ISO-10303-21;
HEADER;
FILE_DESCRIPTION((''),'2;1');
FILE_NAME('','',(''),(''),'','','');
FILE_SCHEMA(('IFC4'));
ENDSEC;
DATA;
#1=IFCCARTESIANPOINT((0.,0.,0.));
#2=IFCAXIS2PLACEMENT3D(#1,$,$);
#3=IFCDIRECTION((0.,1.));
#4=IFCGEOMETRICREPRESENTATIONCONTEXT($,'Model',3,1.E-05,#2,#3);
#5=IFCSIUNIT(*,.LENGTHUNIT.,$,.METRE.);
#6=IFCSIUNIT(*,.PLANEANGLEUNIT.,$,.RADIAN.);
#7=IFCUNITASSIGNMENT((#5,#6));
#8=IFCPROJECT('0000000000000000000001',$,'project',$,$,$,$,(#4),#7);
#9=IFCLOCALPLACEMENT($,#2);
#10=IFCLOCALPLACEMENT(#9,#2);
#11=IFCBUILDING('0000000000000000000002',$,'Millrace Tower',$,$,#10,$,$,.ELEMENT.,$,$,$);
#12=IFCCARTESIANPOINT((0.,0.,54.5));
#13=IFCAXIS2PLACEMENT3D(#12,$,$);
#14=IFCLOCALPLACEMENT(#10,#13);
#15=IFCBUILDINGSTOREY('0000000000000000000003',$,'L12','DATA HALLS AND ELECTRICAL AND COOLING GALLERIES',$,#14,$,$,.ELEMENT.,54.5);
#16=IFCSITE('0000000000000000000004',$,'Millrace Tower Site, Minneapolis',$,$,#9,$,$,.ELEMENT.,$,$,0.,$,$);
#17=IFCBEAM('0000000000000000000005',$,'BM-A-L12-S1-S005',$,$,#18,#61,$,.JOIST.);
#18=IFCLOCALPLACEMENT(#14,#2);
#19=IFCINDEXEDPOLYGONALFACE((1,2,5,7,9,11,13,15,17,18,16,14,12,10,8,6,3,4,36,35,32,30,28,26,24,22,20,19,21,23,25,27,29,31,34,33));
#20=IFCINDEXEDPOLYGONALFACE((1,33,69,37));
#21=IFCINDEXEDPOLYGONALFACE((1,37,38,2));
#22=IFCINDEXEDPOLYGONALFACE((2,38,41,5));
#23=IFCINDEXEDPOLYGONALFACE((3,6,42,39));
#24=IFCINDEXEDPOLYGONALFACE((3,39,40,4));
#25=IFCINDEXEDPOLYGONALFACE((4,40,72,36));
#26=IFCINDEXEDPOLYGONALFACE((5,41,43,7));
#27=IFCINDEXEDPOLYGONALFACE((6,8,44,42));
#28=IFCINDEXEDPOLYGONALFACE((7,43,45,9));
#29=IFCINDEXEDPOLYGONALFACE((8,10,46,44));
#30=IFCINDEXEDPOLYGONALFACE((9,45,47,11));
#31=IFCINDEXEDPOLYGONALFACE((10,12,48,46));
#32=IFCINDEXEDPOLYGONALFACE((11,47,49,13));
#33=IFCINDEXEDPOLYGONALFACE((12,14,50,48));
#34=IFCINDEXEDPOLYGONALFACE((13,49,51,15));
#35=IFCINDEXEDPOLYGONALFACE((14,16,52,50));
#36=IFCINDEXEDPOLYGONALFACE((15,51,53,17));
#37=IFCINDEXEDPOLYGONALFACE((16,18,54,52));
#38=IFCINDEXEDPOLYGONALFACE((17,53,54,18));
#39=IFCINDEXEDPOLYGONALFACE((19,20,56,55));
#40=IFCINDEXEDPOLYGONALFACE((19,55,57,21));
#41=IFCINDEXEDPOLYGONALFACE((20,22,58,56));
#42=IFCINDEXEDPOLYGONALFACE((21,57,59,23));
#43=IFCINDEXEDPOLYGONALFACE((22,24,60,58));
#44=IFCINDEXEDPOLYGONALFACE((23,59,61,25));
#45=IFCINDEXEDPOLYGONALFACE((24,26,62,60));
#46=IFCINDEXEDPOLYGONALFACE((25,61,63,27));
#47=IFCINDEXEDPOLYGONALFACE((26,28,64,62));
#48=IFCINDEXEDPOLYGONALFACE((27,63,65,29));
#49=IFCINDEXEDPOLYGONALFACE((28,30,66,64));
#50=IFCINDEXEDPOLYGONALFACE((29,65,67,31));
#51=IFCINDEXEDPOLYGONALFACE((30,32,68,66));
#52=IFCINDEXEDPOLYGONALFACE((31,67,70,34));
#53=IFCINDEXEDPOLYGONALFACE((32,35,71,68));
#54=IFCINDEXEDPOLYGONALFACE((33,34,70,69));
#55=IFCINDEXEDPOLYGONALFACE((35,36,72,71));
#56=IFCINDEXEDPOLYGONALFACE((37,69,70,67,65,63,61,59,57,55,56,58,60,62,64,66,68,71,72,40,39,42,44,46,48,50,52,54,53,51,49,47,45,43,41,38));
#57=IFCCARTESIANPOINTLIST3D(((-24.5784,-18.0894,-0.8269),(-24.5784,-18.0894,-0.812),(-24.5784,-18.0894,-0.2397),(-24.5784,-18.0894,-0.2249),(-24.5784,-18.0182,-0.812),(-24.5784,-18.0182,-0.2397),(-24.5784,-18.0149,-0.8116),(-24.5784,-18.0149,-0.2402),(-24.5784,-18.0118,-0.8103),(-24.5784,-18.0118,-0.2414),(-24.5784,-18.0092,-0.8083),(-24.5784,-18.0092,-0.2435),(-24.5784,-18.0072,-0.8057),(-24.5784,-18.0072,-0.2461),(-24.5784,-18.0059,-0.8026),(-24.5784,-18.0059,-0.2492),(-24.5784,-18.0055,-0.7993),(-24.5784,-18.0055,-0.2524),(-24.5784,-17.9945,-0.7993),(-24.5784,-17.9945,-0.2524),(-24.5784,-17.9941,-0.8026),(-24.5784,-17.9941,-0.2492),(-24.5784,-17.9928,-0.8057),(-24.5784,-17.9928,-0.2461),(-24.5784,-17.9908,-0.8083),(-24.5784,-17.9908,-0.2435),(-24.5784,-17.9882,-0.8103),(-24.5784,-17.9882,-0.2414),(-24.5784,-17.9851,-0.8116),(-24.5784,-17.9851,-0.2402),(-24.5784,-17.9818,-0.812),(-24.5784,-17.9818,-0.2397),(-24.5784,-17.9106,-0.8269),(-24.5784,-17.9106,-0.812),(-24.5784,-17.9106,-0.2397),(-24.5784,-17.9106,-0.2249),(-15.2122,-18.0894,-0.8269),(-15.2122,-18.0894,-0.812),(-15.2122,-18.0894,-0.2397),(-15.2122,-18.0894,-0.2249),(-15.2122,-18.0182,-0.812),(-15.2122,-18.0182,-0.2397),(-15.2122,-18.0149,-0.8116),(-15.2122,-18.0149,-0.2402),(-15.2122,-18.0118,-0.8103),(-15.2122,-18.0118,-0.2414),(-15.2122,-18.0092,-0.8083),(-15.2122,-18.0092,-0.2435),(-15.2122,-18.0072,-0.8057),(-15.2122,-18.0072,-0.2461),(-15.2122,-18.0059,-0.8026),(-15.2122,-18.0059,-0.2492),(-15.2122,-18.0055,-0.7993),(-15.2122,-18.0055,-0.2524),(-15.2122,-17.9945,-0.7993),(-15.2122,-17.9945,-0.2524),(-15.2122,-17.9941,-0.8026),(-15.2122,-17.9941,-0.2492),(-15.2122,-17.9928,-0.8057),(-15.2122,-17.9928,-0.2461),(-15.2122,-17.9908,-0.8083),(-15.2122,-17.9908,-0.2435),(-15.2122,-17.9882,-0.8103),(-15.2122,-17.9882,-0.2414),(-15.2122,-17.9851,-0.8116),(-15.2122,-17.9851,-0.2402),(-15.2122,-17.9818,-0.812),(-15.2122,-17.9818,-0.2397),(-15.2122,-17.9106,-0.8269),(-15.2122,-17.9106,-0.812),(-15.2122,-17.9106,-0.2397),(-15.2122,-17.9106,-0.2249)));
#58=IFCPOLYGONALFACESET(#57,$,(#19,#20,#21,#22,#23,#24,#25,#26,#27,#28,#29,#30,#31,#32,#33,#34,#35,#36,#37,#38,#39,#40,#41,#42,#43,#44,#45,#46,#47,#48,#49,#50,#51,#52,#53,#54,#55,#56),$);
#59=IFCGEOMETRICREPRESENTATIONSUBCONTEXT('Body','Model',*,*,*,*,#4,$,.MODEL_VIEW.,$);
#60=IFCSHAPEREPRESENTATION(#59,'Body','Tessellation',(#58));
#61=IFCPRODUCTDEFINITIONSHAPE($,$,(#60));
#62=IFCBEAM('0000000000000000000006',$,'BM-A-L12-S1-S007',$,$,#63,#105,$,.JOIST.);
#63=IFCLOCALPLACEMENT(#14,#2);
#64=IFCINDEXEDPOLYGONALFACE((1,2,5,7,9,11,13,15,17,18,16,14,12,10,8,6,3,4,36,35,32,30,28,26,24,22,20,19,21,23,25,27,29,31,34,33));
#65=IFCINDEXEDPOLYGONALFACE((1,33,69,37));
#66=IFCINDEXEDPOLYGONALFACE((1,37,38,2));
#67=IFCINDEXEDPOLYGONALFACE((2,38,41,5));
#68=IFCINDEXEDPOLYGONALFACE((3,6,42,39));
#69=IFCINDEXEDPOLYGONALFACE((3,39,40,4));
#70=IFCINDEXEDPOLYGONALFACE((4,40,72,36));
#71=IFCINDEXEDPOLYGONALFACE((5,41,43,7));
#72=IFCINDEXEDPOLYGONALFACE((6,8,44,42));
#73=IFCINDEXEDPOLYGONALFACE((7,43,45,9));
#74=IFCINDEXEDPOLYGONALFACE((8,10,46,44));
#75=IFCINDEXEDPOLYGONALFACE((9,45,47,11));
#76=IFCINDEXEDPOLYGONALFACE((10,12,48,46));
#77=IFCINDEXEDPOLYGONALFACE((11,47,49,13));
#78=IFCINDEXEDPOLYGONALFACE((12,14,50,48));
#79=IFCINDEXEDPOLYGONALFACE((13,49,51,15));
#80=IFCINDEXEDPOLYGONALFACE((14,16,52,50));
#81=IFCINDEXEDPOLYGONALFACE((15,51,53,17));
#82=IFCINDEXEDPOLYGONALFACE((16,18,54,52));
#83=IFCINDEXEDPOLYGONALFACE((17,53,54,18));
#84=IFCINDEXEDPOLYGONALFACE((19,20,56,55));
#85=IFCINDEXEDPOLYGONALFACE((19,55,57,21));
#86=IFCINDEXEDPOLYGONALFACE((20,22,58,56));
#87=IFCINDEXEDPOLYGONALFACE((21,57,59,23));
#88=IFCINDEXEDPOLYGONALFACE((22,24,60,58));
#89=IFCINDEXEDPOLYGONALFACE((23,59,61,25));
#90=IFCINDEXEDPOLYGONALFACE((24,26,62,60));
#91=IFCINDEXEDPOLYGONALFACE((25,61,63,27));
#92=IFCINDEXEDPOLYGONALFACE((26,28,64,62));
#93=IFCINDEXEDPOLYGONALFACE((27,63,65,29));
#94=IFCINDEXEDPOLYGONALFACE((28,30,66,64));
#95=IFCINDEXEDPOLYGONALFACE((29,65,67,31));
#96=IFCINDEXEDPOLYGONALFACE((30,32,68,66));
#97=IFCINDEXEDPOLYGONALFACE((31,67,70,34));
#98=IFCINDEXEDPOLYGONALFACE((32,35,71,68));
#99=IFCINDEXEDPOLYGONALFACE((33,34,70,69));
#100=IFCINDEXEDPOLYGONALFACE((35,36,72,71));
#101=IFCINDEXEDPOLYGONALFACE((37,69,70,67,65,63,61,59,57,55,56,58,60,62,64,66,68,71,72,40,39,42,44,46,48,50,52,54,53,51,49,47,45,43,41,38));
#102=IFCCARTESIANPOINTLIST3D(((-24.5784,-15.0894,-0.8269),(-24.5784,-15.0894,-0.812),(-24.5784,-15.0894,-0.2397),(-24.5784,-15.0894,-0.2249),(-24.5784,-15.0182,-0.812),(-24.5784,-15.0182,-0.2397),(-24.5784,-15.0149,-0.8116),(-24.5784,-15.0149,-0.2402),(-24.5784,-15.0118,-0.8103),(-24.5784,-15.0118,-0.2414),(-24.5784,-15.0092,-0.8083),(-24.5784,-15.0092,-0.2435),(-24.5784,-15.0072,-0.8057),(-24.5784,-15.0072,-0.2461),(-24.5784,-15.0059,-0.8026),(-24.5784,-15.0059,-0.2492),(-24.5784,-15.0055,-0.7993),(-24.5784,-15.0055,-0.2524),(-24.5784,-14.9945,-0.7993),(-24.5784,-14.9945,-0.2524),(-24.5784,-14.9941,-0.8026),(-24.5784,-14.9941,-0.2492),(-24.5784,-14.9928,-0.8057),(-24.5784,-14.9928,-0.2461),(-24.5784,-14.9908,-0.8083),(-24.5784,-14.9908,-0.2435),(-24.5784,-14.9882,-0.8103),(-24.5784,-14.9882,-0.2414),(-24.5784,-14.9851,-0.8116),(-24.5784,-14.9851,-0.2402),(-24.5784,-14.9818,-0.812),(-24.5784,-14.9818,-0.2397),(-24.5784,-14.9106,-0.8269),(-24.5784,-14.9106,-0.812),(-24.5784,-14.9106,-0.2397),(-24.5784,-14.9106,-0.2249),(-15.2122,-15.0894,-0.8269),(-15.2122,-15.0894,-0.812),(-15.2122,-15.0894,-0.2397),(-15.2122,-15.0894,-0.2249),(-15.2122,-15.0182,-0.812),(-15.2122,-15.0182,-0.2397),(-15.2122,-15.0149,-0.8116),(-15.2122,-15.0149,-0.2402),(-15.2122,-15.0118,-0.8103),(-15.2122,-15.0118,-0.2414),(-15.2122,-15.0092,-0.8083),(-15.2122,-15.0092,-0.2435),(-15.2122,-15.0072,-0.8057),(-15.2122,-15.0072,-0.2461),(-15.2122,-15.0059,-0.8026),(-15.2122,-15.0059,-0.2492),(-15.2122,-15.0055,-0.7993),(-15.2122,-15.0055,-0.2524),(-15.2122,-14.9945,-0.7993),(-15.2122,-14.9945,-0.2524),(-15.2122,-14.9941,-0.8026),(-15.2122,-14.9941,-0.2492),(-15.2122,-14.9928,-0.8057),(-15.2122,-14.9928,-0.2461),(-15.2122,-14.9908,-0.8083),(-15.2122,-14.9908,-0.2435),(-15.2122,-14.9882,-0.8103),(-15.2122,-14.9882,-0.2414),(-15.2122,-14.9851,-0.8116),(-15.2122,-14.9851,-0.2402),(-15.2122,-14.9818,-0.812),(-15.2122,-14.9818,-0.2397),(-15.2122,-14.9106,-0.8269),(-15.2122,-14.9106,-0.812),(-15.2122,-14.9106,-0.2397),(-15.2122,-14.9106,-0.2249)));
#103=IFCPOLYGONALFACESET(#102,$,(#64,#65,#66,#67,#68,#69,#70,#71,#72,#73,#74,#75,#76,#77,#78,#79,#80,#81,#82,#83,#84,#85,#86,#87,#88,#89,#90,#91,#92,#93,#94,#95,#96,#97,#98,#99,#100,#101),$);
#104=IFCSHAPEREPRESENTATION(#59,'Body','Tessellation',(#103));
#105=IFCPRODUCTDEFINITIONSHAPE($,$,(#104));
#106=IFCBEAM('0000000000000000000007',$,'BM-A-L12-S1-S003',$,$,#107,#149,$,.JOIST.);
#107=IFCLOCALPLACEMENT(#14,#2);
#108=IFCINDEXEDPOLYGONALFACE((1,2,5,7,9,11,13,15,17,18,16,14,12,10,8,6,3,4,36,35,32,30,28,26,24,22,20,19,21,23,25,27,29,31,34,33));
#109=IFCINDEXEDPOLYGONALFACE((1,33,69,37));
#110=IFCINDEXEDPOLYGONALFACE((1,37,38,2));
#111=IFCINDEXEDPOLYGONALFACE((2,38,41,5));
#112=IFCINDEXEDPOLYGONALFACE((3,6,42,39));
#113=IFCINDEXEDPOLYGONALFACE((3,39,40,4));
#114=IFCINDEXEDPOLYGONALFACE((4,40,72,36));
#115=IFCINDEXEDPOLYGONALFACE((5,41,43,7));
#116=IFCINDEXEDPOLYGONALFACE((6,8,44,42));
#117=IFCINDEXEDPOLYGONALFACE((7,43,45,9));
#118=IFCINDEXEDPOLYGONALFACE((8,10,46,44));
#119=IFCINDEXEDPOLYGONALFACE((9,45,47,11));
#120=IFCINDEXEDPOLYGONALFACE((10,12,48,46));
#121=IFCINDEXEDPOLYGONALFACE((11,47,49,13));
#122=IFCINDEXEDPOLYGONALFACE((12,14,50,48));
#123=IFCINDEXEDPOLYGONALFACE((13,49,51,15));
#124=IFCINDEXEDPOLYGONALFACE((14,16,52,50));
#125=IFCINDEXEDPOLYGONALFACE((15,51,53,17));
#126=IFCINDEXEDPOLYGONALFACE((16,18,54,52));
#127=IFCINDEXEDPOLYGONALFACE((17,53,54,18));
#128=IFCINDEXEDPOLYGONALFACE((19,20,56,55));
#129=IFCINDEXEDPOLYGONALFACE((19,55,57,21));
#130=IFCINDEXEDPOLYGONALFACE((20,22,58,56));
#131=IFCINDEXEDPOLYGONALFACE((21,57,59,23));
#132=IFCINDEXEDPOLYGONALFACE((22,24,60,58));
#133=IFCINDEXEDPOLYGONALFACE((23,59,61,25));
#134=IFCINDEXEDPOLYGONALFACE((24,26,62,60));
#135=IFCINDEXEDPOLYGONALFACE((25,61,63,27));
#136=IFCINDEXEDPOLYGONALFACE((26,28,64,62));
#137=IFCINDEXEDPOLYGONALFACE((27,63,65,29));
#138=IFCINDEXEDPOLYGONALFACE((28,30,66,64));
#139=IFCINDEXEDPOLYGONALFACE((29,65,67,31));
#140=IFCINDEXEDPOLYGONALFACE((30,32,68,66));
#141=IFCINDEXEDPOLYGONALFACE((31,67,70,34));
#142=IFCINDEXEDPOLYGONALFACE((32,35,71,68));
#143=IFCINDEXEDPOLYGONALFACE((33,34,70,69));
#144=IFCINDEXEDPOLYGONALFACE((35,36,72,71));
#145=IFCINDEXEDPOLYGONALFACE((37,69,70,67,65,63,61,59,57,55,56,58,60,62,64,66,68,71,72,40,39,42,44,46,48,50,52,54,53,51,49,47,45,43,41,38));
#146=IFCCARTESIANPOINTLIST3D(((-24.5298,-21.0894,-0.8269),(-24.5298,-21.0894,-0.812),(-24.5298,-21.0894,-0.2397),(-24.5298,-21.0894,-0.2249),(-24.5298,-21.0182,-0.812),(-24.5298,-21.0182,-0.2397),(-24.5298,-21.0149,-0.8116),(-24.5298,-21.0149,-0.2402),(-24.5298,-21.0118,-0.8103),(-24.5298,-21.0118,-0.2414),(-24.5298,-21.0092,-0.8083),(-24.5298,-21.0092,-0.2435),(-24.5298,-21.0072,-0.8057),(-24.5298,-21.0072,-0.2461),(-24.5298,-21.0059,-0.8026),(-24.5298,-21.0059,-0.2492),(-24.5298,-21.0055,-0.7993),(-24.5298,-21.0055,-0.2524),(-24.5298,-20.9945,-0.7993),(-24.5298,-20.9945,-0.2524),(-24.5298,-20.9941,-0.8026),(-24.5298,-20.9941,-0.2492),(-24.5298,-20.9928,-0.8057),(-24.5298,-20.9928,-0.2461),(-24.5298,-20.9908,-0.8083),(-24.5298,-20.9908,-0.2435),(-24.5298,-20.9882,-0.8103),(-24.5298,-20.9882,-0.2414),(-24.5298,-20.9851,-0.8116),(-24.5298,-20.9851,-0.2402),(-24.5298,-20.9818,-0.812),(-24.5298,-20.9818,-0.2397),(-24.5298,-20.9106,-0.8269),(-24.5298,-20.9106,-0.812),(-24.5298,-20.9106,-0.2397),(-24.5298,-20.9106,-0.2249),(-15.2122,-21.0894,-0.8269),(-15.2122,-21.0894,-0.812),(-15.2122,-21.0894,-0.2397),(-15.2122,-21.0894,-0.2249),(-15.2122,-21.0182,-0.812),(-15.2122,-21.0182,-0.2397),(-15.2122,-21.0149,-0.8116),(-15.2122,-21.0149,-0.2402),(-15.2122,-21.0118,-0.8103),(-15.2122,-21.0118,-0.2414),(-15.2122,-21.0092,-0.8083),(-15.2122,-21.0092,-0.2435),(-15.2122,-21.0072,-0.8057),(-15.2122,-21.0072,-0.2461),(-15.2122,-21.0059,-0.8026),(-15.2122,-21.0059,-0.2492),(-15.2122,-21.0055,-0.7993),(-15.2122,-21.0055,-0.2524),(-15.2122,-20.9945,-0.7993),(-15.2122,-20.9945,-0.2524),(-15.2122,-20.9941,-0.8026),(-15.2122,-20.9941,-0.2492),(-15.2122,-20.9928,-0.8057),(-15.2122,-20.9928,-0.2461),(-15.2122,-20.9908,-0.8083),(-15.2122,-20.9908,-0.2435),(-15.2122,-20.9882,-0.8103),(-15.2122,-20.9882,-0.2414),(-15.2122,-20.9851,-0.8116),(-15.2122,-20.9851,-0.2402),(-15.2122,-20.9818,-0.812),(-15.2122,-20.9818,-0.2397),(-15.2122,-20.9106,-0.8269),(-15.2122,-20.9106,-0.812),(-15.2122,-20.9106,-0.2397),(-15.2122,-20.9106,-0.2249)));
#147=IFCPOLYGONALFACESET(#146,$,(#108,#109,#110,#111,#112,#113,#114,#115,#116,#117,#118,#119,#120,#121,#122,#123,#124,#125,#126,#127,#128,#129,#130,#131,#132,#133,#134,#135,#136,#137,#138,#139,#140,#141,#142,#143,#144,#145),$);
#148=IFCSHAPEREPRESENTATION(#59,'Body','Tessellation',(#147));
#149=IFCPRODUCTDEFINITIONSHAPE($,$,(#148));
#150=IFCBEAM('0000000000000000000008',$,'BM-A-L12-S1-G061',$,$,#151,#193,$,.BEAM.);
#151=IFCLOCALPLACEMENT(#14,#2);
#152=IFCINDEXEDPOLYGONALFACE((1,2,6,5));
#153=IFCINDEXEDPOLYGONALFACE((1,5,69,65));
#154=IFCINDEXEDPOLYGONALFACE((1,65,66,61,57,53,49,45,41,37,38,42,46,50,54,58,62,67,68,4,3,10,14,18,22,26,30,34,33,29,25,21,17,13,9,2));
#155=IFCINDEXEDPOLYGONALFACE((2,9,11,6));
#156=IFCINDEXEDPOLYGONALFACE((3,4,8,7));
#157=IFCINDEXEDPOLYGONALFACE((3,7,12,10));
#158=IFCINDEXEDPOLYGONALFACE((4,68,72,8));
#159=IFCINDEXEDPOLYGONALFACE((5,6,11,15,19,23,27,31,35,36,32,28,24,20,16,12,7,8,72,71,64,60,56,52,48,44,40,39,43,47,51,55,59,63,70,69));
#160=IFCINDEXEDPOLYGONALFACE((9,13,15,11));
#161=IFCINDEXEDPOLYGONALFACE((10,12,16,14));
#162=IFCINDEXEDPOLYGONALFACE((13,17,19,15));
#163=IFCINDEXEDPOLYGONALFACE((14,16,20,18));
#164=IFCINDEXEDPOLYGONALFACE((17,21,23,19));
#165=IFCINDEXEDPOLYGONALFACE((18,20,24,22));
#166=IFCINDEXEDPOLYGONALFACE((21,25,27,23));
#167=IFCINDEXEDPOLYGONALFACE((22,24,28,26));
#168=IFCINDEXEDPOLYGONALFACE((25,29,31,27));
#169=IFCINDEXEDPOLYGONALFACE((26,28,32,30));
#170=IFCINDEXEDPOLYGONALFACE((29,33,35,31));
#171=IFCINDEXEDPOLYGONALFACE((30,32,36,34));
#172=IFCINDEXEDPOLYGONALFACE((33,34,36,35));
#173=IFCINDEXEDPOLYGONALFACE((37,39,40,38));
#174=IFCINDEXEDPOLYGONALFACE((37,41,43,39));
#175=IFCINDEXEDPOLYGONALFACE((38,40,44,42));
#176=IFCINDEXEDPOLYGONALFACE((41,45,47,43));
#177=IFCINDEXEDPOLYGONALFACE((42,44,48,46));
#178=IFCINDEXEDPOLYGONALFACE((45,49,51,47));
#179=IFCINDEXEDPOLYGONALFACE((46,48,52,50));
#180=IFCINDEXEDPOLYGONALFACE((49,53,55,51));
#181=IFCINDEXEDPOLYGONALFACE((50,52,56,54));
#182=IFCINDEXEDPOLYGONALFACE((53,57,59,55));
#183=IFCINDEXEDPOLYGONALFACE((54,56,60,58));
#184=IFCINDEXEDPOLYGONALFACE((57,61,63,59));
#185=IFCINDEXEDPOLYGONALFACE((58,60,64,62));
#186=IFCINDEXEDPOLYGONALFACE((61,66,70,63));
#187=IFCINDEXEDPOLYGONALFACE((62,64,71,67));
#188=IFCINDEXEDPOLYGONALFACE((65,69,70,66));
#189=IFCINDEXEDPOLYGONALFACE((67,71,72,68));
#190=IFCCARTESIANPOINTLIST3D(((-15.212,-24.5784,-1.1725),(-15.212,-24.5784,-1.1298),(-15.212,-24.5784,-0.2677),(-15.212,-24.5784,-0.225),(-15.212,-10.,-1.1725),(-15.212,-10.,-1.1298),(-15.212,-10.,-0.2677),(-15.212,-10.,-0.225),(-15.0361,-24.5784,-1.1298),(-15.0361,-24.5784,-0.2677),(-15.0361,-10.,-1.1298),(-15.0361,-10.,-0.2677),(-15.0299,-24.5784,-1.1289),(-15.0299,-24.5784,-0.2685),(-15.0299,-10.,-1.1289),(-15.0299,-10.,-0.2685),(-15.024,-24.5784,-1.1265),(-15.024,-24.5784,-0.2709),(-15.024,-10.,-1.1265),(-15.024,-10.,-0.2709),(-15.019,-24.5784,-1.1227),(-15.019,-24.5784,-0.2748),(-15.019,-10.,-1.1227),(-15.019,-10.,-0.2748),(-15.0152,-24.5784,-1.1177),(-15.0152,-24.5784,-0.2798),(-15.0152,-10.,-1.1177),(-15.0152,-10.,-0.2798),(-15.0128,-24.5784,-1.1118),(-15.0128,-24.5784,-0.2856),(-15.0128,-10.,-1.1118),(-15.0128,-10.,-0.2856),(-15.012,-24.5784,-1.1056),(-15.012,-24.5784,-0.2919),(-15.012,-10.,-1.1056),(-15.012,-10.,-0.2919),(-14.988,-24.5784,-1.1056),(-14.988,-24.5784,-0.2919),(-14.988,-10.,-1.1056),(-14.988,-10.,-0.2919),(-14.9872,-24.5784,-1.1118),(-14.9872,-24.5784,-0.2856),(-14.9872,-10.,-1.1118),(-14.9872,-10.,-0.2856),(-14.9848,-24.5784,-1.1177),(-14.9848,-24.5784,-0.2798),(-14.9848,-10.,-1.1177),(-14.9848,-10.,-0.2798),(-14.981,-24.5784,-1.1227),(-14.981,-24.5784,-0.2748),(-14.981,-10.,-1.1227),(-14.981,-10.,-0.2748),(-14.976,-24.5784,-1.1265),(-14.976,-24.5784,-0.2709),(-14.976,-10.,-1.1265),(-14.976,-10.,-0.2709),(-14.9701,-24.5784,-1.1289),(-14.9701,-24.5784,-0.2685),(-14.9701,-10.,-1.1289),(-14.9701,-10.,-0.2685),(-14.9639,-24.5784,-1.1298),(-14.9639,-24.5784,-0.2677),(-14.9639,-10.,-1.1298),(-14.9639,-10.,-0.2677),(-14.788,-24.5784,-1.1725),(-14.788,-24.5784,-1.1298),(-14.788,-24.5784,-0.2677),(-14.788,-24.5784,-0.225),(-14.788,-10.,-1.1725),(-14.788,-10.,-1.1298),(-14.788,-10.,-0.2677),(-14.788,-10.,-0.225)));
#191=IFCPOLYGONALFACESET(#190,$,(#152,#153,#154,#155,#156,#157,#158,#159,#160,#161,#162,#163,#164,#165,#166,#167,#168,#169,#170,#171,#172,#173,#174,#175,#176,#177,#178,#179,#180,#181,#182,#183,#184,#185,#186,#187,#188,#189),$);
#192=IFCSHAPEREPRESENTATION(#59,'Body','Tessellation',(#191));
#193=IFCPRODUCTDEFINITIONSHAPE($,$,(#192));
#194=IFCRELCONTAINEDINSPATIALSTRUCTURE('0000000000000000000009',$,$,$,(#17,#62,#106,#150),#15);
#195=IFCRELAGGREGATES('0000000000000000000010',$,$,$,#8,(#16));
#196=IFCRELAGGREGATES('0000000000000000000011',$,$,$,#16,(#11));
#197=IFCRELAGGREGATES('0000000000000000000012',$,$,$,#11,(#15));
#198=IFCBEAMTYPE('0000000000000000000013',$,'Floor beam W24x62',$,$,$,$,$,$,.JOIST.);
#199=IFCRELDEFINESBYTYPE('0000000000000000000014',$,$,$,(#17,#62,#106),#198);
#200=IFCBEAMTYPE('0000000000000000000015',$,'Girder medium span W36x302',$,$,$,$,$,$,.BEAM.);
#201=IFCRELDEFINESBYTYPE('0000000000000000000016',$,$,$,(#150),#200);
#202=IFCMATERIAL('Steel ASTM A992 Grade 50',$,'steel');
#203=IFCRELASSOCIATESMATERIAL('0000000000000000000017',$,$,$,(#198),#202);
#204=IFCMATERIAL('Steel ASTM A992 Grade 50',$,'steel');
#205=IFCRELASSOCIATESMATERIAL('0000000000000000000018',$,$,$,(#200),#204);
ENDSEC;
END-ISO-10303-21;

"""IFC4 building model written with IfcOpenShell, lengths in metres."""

from ifc_helpers import new_model, si_unit, direction, frame, origin, origin_2d, place, context, subcontext, project, spatial, i_section, extrude, material, material_profile, profile_set, type_object, element, save


model = new_model("IFC4")

# Units and contexts
model_context = context("Model", 3, precision=1e-05, world=origin(), true_north=direction((0.0, 1.0)))
body_context = subcontext(model_context, "Body", "Model", "MODEL_VIEW")
ifc_project = project(units=[si_unit("LENGTHUNIT", "METRE"), si_unit("PLANEANGLEUNIT", "RADIAN")], contexts=[model_context])

# Site, building, storey
site_placement = place(None, origin())
site = spatial("IfcSite", under=ifc_project, at=site_placement, Name="Millrace Tower Site, Minneapolis", CompositionType="ELEMENT", RefElevation=0.0)
building_placement = place(site_placement, origin())
building = spatial("IfcBuilding", under=site, at=building_placement, Name="Millrace Tower", CompositionType="ELEMENT")
storey_placement = place(building_placement, frame((0.0, 0.0, 54.5)))
storey = spatial("IfcBuildingStorey", under=building, at=storey_placement, Name="L12", Description="DATA HALLS AND ELECTRICAL AND COOLING GALLERIES", CompositionType="ELEMENT", Elevation=54.5)

# Beams
ifc_material_1 = material(Name="Steel ASTM A992 Grade 50", Category="steel")
ifc_material_profile_1 = material_profile(ifc_material_1, i_section(OverallWidth=0.1787, OverallDepth=0.6021, WebThickness=0.011, FlangeThickness=0.0149, FilletRadius=0.0127, at=origin_2d()))
ifc_profile_set_1 = profile_set([ifc_material_profile_1], Name="Steel ASTM A992 Grade 50")
beam_type_1 = type_object("IfcBeamType", Name="Floor beam W24x62", PredefinedType="JOIST", material=ifc_profile_set_1)
for number, where, z_axis, x_axis, name in (
    (1, (-24.5784, -18.0, -0.5259), (1.0, 0.0, 0.0), (0.0, 1.0, 0.0), "BM-A-L12-S1-S005"),
    (2, (-24.5784, -15.0, -0.5259), (1.0, 0.0, 0.0), (0.0, 1.0, 0.0), "BM-A-L12-S1-S007"),
):
    element("IfcBeam", number, at=place(storey_placement, frame(where, z_axis=z_axis, x_axis=x_axis)), inside=storey, type_object=beam_type_1, Name=name, PredefinedType="JOIST", context=body_context, shape_type="SweptSolid", body=[
        extrude(i_section(OverallWidth=0.1787, OverallDepth=0.6021, WebThickness=0.011, FlangeThickness=0.0149, FilletRadius=0.0127, at=origin_2d()), origin(), (0.0, 0.0, 1.0), 9.3662),
    ])
beam_1_placement = place(storey_placement, frame((-24.5298, -21.0, -0.5259), z_axis=(1.0, 0.0, 0.0), x_axis=(0.0, 1.0, 0.0)))
element("IfcBeam", 3, at=beam_1_placement, inside=storey, type_object=beam_type_1, Name="BM-A-L12-S1-S003", PredefinedType="JOIST", context=body_context, shape_type="SweptSolid", body=[
    extrude(i_section(OverallWidth=0.1787, OverallDepth=0.6021, WebThickness=0.011, FlangeThickness=0.0149, FilletRadius=0.0127, at=origin_2d()), origin(), (0.0, 0.0, 1.0), 9.3176),
])
ifc_material_2 = material(Name="Steel ASTM A992 Grade 50", Category="steel")
ifc_material_profile_2 = material_profile(ifc_material_2, i_section(OverallWidth=0.4241, OverallDepth=0.9475, WebThickness=0.0239, FlangeThickness=0.0427, FilletRadius=0.0242, at=origin_2d()))
ifc_profile_set_2 = profile_set([ifc_material_profile_2], Name="Steel ASTM A992 Grade 50")
beam_type_2 = type_object("IfcBeamType", Name="Girder medium span W36x302", PredefinedType="BEAM", material=ifc_profile_set_2)
beam_2_placement = place(storey_placement, frame((-15.0, -24.5784, -0.6987), z_axis=(0.0, 1.0, 0.0), x_axis=(-1.0, 0.0, 0.0)))
element("IfcBeam", 4, at=beam_2_placement, inside=storey, type_object=beam_type_2, Name="BM-A-L12-S1-G061", PredefinedType="BEAM", context=body_context, shape_type="SweptSolid", body=[
    extrude(i_section(OverallWidth=0.4241, OverallDepth=0.9475, WebThickness=0.0239, FlangeThickness=0.0427, FilletRadius=0.0242, at=origin_2d()), origin(), (0.0, 0.0, 1.0), 14.5784),
])

save(model, "model.ifc")
